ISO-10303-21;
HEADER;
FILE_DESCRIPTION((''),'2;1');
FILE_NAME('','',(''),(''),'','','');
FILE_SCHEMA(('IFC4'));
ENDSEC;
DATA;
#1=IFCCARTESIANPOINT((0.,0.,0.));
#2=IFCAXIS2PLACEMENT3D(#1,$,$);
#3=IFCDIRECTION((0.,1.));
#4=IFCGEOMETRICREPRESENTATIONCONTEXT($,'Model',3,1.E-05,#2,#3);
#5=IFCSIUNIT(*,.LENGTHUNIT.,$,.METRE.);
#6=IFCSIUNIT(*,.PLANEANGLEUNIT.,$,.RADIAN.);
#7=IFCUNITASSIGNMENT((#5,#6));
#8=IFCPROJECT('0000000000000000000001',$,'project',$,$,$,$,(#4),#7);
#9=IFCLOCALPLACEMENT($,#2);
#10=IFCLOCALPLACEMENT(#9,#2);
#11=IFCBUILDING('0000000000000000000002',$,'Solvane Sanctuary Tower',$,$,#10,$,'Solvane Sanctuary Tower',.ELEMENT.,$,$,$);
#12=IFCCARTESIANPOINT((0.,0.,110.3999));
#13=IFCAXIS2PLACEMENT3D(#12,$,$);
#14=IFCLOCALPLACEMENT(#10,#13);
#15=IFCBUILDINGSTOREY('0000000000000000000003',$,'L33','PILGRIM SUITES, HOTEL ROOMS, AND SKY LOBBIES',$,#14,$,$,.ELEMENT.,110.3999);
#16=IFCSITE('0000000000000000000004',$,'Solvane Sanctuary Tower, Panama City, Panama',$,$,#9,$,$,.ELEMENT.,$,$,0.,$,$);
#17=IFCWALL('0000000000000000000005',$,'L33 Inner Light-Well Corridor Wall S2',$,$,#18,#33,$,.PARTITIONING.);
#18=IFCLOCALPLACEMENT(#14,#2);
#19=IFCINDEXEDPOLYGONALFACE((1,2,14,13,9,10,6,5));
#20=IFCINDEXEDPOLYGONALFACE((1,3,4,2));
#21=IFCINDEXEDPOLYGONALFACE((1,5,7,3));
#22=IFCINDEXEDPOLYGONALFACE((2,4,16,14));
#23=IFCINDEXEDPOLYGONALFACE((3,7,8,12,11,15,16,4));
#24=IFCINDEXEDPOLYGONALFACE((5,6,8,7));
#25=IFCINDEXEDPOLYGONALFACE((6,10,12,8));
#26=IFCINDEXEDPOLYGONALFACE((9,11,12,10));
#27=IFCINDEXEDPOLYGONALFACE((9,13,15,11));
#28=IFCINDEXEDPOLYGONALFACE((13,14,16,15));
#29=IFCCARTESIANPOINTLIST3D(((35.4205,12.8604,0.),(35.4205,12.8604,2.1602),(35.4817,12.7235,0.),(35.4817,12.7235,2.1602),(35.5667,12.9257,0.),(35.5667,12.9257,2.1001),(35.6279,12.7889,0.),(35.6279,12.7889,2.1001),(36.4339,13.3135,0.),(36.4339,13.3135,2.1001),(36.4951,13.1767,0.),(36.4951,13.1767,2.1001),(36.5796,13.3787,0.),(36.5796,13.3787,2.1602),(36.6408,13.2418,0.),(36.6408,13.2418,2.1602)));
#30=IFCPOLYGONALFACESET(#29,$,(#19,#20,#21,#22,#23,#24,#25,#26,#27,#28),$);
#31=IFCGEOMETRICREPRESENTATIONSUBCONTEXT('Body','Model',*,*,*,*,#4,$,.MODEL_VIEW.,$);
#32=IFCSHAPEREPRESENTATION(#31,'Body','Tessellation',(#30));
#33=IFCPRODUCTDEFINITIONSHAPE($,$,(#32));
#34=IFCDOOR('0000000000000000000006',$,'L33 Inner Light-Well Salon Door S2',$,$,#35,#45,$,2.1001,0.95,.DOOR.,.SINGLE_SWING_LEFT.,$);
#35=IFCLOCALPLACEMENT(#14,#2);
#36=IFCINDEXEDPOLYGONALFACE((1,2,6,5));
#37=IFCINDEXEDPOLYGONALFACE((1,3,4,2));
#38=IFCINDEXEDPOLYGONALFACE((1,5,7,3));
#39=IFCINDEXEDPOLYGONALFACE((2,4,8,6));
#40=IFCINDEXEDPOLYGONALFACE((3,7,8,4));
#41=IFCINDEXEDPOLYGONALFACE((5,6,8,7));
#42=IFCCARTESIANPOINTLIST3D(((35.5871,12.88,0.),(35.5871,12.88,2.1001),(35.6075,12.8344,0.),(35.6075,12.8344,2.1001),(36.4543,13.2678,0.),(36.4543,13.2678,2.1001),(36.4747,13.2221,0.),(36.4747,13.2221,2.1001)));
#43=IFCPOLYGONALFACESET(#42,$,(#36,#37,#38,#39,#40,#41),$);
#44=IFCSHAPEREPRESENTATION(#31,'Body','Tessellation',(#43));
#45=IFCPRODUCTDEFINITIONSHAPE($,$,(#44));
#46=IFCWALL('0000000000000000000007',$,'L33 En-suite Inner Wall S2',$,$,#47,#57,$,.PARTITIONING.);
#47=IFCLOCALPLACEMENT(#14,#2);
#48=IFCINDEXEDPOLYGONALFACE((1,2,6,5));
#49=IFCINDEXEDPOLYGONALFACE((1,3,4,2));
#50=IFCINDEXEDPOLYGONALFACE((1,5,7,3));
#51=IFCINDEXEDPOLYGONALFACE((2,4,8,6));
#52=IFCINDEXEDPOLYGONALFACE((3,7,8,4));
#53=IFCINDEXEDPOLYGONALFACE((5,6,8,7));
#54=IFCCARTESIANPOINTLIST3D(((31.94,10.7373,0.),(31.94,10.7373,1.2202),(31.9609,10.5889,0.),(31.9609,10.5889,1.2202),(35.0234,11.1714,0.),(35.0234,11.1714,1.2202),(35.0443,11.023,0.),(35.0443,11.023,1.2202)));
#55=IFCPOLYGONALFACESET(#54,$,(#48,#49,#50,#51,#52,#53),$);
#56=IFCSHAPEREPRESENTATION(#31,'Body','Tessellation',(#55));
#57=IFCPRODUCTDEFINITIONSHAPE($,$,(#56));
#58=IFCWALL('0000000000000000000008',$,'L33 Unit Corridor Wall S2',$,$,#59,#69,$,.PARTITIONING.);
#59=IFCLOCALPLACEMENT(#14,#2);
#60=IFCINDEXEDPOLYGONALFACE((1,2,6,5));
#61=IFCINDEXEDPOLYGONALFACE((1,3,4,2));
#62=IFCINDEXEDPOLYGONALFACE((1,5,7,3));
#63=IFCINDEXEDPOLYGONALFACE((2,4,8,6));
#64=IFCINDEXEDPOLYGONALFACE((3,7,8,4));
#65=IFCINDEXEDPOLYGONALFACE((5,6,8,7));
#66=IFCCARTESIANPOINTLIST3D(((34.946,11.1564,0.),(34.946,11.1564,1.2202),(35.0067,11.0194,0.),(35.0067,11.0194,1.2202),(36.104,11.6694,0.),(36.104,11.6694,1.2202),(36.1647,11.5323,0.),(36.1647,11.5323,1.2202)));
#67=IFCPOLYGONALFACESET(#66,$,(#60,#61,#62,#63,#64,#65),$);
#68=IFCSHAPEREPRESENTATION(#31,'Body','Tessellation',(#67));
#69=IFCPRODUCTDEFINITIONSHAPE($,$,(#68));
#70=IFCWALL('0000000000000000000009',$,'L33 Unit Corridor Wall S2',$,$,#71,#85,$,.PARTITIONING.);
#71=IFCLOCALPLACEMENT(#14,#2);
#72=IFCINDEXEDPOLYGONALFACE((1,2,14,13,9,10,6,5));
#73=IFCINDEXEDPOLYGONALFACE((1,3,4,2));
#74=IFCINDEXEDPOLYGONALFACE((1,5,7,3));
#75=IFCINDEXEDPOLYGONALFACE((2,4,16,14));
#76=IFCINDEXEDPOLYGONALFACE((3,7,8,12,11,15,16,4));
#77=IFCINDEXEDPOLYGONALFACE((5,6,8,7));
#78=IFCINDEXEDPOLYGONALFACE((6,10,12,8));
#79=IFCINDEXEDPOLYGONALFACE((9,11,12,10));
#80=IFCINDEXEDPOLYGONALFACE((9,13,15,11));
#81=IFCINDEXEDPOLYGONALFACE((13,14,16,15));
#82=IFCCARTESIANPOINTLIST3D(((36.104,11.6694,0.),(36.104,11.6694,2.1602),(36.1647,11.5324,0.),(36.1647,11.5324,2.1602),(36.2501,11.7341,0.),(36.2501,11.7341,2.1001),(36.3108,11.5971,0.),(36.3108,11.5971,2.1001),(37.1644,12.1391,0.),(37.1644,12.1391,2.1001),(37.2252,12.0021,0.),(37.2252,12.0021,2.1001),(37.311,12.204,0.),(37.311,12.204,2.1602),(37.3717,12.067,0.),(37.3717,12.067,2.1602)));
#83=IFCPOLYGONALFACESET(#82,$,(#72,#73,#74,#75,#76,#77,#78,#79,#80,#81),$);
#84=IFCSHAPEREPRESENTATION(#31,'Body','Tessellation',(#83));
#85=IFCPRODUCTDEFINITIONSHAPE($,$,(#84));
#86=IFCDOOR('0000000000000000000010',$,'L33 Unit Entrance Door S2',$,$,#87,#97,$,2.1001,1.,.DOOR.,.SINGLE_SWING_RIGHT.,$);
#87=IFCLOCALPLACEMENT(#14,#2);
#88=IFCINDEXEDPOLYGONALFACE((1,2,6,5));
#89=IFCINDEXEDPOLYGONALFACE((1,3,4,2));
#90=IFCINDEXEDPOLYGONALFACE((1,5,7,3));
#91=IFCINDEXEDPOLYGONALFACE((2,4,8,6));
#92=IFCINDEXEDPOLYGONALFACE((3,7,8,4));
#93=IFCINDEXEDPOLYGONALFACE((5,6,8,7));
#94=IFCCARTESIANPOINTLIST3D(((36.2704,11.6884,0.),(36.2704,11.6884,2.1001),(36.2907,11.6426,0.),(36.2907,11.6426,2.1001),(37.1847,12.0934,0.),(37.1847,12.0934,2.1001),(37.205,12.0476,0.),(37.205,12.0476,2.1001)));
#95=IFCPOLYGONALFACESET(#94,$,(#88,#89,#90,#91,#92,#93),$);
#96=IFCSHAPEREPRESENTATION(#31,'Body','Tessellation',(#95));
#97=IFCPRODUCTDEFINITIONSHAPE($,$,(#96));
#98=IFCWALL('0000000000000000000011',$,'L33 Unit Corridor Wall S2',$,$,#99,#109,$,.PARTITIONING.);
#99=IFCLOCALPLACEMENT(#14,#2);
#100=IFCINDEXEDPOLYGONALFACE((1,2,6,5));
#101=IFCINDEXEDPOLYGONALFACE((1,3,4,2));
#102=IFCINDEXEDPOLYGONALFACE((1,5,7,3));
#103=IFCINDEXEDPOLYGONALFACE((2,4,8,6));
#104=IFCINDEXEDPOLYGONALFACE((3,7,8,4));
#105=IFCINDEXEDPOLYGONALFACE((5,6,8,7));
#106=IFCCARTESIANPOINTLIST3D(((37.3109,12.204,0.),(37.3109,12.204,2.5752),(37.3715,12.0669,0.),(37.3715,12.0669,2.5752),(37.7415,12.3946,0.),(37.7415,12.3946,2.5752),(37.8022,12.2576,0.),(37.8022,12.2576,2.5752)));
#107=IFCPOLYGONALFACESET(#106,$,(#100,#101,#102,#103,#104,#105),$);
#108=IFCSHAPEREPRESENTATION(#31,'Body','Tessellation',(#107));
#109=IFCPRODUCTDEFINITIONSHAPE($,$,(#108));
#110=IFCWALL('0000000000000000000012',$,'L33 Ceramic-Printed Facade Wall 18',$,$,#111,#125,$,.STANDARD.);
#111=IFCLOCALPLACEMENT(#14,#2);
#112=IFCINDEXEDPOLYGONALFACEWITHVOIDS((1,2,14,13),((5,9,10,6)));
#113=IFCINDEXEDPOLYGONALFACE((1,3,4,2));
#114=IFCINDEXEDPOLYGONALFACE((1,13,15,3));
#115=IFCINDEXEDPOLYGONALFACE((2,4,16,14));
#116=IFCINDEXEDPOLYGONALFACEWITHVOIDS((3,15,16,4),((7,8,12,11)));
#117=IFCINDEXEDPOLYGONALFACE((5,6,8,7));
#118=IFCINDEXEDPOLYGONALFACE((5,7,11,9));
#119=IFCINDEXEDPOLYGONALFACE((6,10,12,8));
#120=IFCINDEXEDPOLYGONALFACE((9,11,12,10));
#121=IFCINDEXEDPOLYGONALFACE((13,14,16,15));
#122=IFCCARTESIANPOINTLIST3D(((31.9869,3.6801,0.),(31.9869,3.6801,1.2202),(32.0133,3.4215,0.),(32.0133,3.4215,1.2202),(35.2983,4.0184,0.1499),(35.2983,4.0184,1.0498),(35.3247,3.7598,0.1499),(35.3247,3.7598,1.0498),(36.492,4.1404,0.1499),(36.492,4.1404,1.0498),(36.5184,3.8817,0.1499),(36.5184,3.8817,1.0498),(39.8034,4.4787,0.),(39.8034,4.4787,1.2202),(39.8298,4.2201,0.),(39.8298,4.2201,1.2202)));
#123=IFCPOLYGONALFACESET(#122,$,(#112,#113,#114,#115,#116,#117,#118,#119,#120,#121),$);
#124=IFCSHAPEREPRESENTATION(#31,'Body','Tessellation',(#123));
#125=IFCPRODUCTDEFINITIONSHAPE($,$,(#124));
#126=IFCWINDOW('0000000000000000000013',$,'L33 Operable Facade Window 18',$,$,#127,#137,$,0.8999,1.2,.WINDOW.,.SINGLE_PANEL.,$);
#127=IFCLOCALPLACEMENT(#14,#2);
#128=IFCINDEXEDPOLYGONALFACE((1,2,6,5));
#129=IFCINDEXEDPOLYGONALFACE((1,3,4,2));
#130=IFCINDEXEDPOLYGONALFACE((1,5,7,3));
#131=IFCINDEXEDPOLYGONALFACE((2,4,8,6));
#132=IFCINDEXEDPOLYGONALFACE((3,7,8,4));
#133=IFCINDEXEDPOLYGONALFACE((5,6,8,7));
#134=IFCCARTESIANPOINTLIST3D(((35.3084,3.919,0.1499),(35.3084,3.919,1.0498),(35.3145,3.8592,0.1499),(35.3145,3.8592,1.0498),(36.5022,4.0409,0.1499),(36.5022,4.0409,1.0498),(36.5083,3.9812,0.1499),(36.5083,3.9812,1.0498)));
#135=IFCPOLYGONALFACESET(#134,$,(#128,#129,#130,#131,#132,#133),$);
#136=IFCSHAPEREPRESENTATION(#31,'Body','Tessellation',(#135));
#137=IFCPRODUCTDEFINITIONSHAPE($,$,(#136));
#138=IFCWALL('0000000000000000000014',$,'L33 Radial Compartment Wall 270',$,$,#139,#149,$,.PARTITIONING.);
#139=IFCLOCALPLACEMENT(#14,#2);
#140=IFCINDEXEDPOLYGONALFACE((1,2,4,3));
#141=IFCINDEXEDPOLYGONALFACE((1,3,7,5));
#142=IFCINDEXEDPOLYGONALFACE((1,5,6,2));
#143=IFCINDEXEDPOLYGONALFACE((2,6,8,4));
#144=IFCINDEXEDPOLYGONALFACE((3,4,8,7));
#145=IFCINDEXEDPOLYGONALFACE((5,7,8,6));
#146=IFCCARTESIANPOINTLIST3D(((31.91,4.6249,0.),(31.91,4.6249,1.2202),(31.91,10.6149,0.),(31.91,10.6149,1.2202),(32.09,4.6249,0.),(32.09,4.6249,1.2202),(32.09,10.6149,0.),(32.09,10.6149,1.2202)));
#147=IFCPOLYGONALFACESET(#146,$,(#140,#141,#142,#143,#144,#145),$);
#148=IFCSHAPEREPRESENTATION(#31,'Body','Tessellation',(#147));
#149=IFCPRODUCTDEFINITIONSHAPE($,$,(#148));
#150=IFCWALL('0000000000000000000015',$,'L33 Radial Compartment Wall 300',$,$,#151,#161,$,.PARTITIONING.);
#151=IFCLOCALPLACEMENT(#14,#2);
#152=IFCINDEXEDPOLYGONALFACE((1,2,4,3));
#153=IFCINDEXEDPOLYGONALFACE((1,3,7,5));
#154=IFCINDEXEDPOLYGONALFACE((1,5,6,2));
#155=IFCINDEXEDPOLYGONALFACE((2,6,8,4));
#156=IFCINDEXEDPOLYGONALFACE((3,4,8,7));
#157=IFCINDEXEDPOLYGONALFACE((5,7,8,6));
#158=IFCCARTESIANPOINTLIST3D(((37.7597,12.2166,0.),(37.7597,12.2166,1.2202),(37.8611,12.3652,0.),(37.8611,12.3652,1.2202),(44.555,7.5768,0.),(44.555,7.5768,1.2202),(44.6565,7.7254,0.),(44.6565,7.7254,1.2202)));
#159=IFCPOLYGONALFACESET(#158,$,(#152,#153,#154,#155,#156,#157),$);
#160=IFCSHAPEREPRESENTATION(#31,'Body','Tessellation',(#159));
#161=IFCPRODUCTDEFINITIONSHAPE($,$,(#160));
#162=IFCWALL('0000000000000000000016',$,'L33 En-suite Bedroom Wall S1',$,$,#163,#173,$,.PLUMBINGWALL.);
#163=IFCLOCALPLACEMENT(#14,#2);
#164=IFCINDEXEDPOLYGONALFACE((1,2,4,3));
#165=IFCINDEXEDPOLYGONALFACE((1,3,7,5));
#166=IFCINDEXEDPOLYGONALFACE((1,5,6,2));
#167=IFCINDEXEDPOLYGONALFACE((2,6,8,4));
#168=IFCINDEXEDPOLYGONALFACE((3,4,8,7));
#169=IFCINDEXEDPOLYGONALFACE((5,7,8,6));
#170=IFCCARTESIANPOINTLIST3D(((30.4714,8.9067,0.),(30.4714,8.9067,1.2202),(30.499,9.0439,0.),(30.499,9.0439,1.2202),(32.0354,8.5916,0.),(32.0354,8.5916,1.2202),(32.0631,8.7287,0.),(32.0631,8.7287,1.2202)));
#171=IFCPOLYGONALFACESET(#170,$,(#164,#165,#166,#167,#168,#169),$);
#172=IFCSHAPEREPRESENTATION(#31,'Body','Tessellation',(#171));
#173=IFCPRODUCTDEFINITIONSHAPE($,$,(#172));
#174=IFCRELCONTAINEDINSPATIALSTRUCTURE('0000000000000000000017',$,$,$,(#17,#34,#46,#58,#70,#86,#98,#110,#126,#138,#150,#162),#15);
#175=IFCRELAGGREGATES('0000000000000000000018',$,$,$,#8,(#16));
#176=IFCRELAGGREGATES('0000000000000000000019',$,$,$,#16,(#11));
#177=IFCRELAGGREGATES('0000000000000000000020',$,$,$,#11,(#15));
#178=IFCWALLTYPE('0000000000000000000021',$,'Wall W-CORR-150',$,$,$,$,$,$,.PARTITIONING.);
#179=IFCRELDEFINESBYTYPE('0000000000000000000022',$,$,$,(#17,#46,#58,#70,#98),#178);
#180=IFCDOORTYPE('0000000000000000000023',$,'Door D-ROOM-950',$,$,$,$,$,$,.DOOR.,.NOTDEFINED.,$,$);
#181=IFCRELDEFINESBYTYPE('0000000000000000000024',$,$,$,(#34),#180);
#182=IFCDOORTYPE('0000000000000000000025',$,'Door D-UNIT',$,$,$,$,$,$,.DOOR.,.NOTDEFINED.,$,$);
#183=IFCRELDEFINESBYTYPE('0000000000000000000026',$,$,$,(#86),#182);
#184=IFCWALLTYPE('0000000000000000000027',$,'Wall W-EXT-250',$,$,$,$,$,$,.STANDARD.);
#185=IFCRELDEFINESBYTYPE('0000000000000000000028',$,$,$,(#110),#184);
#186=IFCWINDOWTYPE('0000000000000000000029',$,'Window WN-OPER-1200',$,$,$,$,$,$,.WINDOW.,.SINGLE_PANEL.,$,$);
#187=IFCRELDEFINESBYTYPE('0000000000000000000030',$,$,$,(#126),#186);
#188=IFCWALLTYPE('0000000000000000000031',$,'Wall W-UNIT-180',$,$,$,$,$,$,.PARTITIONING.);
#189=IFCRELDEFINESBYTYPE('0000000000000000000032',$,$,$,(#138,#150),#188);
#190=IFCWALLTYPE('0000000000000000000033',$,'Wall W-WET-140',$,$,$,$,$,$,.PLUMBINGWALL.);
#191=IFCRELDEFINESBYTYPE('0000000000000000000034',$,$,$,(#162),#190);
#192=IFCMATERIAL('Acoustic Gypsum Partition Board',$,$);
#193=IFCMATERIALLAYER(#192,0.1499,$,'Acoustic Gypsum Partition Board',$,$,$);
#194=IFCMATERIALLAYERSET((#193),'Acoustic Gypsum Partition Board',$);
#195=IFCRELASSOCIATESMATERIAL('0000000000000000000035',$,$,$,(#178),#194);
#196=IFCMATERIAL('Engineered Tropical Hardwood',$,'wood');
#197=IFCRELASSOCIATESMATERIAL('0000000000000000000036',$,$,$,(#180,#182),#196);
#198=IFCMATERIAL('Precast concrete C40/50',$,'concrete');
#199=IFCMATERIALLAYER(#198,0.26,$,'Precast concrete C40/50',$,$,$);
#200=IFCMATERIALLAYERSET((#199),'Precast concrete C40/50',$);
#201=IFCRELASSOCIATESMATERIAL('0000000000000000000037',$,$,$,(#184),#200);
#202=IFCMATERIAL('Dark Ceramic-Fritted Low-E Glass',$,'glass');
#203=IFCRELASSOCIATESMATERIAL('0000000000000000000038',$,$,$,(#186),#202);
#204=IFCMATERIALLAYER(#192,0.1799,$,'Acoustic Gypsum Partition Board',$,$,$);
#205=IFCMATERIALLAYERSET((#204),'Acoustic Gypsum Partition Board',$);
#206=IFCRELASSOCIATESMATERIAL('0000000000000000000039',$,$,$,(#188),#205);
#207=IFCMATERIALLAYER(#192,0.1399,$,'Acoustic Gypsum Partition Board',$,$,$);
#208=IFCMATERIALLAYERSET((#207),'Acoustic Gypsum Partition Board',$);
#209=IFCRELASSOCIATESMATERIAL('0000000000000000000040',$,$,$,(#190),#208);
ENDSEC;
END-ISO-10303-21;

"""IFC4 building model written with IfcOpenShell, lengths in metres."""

from ifc_helpers import new_model, si_unit, direction, frame, frame_2d, origin, place, context, subcontext, project, spatial, rectangle, extrude, material, layer, layer_set, type_object, element, fill, save


model = new_model("IFC4")

# Units and contexts
model_context = context("Model", 3, precision=1e-05, world=origin(), true_north=direction((0.0, 1.0)))
body_context = subcontext(model_context, "Body", "Model", "MODEL_VIEW")
ifc_project = project(units=[si_unit("LENGTHUNIT", "METRE"), si_unit("PLANEANGLEUNIT", "RADIAN")], contexts=[model_context])

# Site, building, storey
site_placement = place(None, origin())
site = spatial("IfcSite", under=ifc_project, at=site_placement, Name="Solvane Sanctuary Tower, Panama City, Panama", CompositionType="ELEMENT", RefElevation=0.0)
building_placement = place(site_placement, origin())
building = spatial("IfcBuilding", under=site, at=building_placement, Name="Solvane Sanctuary Tower", LongName="Solvane Sanctuary Tower", CompositionType="ELEMENT")
storey_placement = place(building_placement, frame((0.0, 0.0, 110.3999)))
storey = spatial("IfcBuildingStorey", under=building, at=storey_placement, Name="L33", Description="PILGRIM SUITES, HOTEL ROOMS, AND SKY LOBBIES", CompositionType="ELEMENT", Elevation=110.3999)

# Shared definitions
ifc_material_1 = material(Name="Acoustic Gypsum Partition Board")
ifc_layer_1 = layer(ifc_material_1, 0.1499, Name="Acoustic Gypsum Partition Board")
ifc_layer_set_1 = layer_set([ifc_layer_1], Name="Acoustic Gypsum Partition Board")
wall_type_1 = type_object("IfcWallType", Name="Wall W-CORR-150", PredefinedType="PARTITIONING", material=ifc_layer_set_1)

# Wall, opening, door
wall_1_placement = place(storey_placement, frame((35.4512, 12.792, 0.0), z_axis=(0.0, 0.0, 1.0), x_axis=(0.912897, 0.408189, 0.0)))
wall_1 = element("IfcWall", 1, at=wall_1_placement, inside=storey, type_object=wall_type_1, Name="L33 Inner Light-Well Corridor Wall S2", PredefinedType="PARTITIONING", context=body_context, shape_type="SweptSolid", body=[
    extrude(rectangle(XDim=1.2698, YDim=0.1499, at=frame_2d((0.6348, 0.0))), origin(), (0.0, 0.0, 1.0), 2.1602),
])
opening_1_placement = place(wall_1_placement, frame((0.1599, 0.0, 0.0)))
opening_1 = element("IfcOpeningElement", 2, at=opening_1_placement, cuts=wall_1, PredefinedType="OPENING", context=body_context, shape_type="SweptSolid", body=[
    extrude(rectangle(XDim=0.95, YDim=2.1001, at=frame_2d((0.4751, 1.05))), frame((0.0, 0.085, 0.0), z_axis=(0.0, -1.0, 0.0), x_axis=(1.0, 0.0, 0.0)), (0.0, 0.0, 1.0), 0.1699),
])
ifc_material_2 = material(Name="Engineered Tropical Hardwood", Category="wood")
door_type_1 = type_object("IfcDoorType", Name="Door D-ROOM-950", OperationType="NOTDEFINED", PredefinedType="DOOR", material=ifc_material_2)
door_1_placement = place(opening_1_placement, origin())
door_1 = element("IfcDoor", 3, at=door_1_placement, inside=storey, type_object=door_type_1, Name="L33 Inner Light-Well Salon Door S2", OperationType="SINGLE_SWING_LEFT", OverallHeight=2.1001, OverallWidth=0.95, PredefinedType="DOOR", context=body_context, shape_type="SweptSolid", body=[
    extrude(rectangle(XDim=0.95, YDim=2.1001, at=frame_2d((0.4751, 1.05))), frame((0.0, 0.0249, 0.0), z_axis=(0.0, -1.0, 0.0), x_axis=(1.0, 0.0, 0.0)), (0.0, 0.0, 1.0), 0.05),
])
fill(opening_1, door_1)

# Walls
wall_2_placement = place(storey_placement, frame((31.9504, 10.6631, 0.0), z_axis=(0.0, 0.0, 1.0), x_axis=(0.990234, 0.139412, 0.0)))
element("IfcWall", 4, at=wall_2_placement, inside=storey, type_object=wall_type_1, Name="L33 En-suite Inner Wall S2", PredefinedType="PARTITIONING", context=body_context, shape_type="SweptSolid", body=[
    extrude(rectangle(XDim=3.1138, YDim=0.1499, at=frame_2d((1.5569, 0.0))), origin(), (0.0, 0.0, 1.0), 1.2202),
])
wall_3_placement = place(storey_placement, frame((34.9763, 11.0879, 0.0), z_axis=(0.0, 0.0, 1.0), x_axis=(0.914312, 0.405011, 0.0)))
element("IfcWall", 5, at=wall_3_placement, inside=storey, type_object=wall_type_1, Name="L33 Unit Corridor Wall S2", PredefinedType="PARTITIONING", context=body_context, shape_type="SweptSolid", body=[
    extrude(rectangle(XDim=1.2666, YDim=0.1499, at=frame_2d((0.6333, 0.0))), origin(), (0.0, 0.0, 1.0), 1.2202),
])

# Wall, opening, door
wall_4_placement = place(storey_placement, frame((36.1343, 11.6008, 0.0), z_axis=(0.0, 0.0, 1.0), x_axis=(0.914314, 0.405006, 0.0)))
wall_4 = element("IfcWall", 6, at=wall_4_placement, inside=storey, type_object=wall_type_1, Name="L33 Unit Corridor Wall S2", PredefinedType="PARTITIONING", context=body_context, shape_type="SweptSolid", body=[
    extrude(rectangle(XDim=1.3201, YDim=0.1499, at=frame_2d((0.6602, 0.0))), origin(), (0.0, 0.0, 1.0), 2.1602),
])
opening_2_placement = place(wall_4_placement, frame((0.1599, 0.0, 0.0)))
opening_2 = element("IfcOpeningElement", 7, at=opening_2_placement, cuts=wall_4, PredefinedType="OPENING", context=body_context, shape_type="SweptSolid", body=[
    extrude(rectangle(XDim=1.0, YDim=2.1001, at=frame_2d((0.5, 1.05))), frame((0.0, 0.085, 0.0), z_axis=(0.0, -1.0, 0.0), x_axis=(1.0, 0.0, 0.0)), (0.0, 0.0, 1.0), 0.1699),
])
door_type_2 = type_object("IfcDoorType", Name="Door D-UNIT", OperationType="NOTDEFINED", PredefinedType="DOOR", material=ifc_material_2)
door_2_placement = place(opening_2_placement, origin())
door_2 = element("IfcDoor", 8, at=door_2_placement, inside=storey, type_object=door_type_2, Name="L33 Unit Entrance Door S2", OperationType="SINGLE_SWING_RIGHT", OverallHeight=2.1001, OverallWidth=1.0, PredefinedType="DOOR", context=body_context, shape_type="SweptSolid", body=[
    extrude(rectangle(XDim=1.0, YDim=2.1001, at=frame_2d((0.5, 1.05))), frame((0.0, 0.0249, 0.0), z_axis=(0.0, -1.0, 0.0), x_axis=(1.0, 0.0, 0.0)), (0.0, 0.0, 1.0), 0.05),
])
fill(opening_2, door_2)

# Wall
wall_5_placement = place(storey_placement, frame((37.3413, 12.1355, 0.0), z_axis=(0.0, 0.0, 1.0), x_axis=(0.914388, 0.404839, 0.0)))
element("IfcWall", 9, at=wall_5_placement, inside=storey, type_object=wall_type_1, Name="L33 Unit Corridor Wall S2", PredefinedType="PARTITIONING", context=body_context, shape_type="SweptSolid", body=[
    extrude(rectangle(XDim=0.4709, YDim=0.1499, at=frame_2d((0.2354, 0.0))), origin(), (0.0, 0.0, 1.0), 2.5752),
])

# Wall, opening, window
ifc_material_3 = material(Name="Precast concrete C40/50", Category="concrete")
ifc_layer_2 = layer(ifc_material_3, 0.26, Name="Precast concrete C40/50")
ifc_layer_set_2 = layer_set([ifc_layer_2], Name="Precast concrete C40/50")
wall_type_2 = type_object("IfcWallType", Name="Wall W-EXT-250", PredefinedType="STANDARD", material=ifc_layer_set_2)
wall_6_placement = place(storey_placement, frame((32.0, 3.5508, 0.0), z_axis=(0.0, 0.0, 1.0), x_axis=(0.994821, 0.101639, 0.0)))
wall_6 = element("IfcWall", 10, at=wall_6_placement, inside=storey, type_object=wall_type_2, Name="L33 Ceramic-Printed Facade Wall 18", PredefinedType="STANDARD", context=body_context, shape_type="SweptSolid", body=[
    extrude(rectangle(XDim=7.8572, YDim=0.26, at=frame_2d((3.9287, 0.0))), origin(), (0.0, 0.0, 1.0), 1.2202),
])
opening_3_placement = place(wall_6_placement, frame((3.3286, 0.0, 0.1499)))
opening_3 = element("IfcOpeningElement", 11, at=opening_3_placement, cuts=wall_6, PredefinedType="OPENING", context=body_context, shape_type="SweptSolid", body=[
    extrude(rectangle(XDim=1.2, YDim=0.8999, at=frame_2d((0.6001, 0.45))), frame((0.0, 0.1399, 0.0), z_axis=(0.0, -1.0, 0.0), x_axis=(1.0, 0.0, 0.0)), (0.0, 0.0, 1.0), 0.28),
])
ifc_material_4 = material(Name="Dark Ceramic-Fritted Low-E Glass", Category="glass")
window_type = type_object("IfcWindowType", Name="Window WN-OPER-1200", PartitioningType="SINGLE_PANEL", PredefinedType="WINDOW", material=ifc_material_4)
window_placement = place(opening_3_placement, origin())
window = element("IfcWindow", 12, at=window_placement, inside=storey, type_object=window_type, Name="L33 Operable Facade Window 18", OverallHeight=0.8999, OverallWidth=1.2, PartitioningType="SINGLE_PANEL", PredefinedType="WINDOW", context=body_context, shape_type="SweptSolid", body=[
    extrude(rectangle(XDim=1.2, YDim=0.8999, at=frame_2d((0.6001, 0.45))), frame((0.0, 0.03, 0.0), z_axis=(0.0, -1.0, 0.0), x_axis=(1.0, 0.0, 0.0)), (0.0, 0.0, 1.0), 0.0601),
])
fill(opening_3, window)

# Walls
ifc_layer_3 = layer(ifc_material_1, 0.1799, Name="Acoustic Gypsum Partition Board")
ifc_layer_set_3 = layer_set([ifc_layer_3], Name="Acoustic Gypsum Partition Board")
wall_type_3 = type_object("IfcWallType", Name="Wall W-UNIT-180", PredefinedType="PARTITIONING", material=ifc_layer_set_3)
wall_7_placement = place(storey_placement, frame((32.0, 10.615, 0.0), z_axis=(0.0, 0.0, 1.0), x_axis=(0.0, -1.0, 0.0)))
element("IfcWall", 13, at=wall_7_placement, inside=storey, type_object=wall_type_3, Name="L33 Radial Compartment Wall 270", PredefinedType="PARTITIONING", context=body_context, shape_type="SweptSolid", body=[
    extrude(rectangle(XDim=5.99, YDim=0.1799, at=frame_2d((2.9951, 0.0))), origin(), (0.0, 0.0, 1.0), 1.2202),
])
wall_8_placement = place(storey_placement, frame((37.8103, 12.291, 0.0), z_axis=(0.0, 0.0, 1.0), x_axis=(0.825851, -0.563889, 0.0)))
element("IfcWall", 14, at=wall_8_placement, inside=storey, type_object=wall_type_3, Name="L33 Radial Compartment Wall 300", PredefinedType="PARTITIONING", context=body_context, shape_type="SweptSolid", body=[
    extrude(rectangle(XDim=8.2283, YDim=0.1799, at=frame_2d((4.1143, 0.0))), origin(), (0.0, 0.0, 1.0), 1.2202),
])
ifc_layer_4 = layer(ifc_material_1, 0.1399, Name="Acoustic Gypsum Partition Board")
ifc_layer_set_4 = layer_set([ifc_layer_4], Name="Acoustic Gypsum Partition Board")
wall_type_4 = type_object("IfcWallType", Name="Wall W-WET-140", PredefinedType="PLUMBINGWALL", material=ifc_layer_set_4)
wall_9_placement = place(storey_placement, frame((30.4851, 8.9753, 0.0), z_axis=(0.0, 0.0, 1.0), x_axis=(0.980291, -0.197558, 0.0)))
element("IfcWall", 15, at=wall_9_placement, inside=storey, type_object=wall_type_4, Name="L33 En-suite Bedroom Wall S1", PredefinedType="PLUMBINGWALL", context=body_context, shape_type="SweptSolid", body=[
    extrude(rectangle(XDim=1.5955, YDim=0.1399, at=frame_2d((0.7979, 0.0))), origin(), (0.0, 0.0, 1.0), 1.2202),
])

save(model, "model.ifc")
